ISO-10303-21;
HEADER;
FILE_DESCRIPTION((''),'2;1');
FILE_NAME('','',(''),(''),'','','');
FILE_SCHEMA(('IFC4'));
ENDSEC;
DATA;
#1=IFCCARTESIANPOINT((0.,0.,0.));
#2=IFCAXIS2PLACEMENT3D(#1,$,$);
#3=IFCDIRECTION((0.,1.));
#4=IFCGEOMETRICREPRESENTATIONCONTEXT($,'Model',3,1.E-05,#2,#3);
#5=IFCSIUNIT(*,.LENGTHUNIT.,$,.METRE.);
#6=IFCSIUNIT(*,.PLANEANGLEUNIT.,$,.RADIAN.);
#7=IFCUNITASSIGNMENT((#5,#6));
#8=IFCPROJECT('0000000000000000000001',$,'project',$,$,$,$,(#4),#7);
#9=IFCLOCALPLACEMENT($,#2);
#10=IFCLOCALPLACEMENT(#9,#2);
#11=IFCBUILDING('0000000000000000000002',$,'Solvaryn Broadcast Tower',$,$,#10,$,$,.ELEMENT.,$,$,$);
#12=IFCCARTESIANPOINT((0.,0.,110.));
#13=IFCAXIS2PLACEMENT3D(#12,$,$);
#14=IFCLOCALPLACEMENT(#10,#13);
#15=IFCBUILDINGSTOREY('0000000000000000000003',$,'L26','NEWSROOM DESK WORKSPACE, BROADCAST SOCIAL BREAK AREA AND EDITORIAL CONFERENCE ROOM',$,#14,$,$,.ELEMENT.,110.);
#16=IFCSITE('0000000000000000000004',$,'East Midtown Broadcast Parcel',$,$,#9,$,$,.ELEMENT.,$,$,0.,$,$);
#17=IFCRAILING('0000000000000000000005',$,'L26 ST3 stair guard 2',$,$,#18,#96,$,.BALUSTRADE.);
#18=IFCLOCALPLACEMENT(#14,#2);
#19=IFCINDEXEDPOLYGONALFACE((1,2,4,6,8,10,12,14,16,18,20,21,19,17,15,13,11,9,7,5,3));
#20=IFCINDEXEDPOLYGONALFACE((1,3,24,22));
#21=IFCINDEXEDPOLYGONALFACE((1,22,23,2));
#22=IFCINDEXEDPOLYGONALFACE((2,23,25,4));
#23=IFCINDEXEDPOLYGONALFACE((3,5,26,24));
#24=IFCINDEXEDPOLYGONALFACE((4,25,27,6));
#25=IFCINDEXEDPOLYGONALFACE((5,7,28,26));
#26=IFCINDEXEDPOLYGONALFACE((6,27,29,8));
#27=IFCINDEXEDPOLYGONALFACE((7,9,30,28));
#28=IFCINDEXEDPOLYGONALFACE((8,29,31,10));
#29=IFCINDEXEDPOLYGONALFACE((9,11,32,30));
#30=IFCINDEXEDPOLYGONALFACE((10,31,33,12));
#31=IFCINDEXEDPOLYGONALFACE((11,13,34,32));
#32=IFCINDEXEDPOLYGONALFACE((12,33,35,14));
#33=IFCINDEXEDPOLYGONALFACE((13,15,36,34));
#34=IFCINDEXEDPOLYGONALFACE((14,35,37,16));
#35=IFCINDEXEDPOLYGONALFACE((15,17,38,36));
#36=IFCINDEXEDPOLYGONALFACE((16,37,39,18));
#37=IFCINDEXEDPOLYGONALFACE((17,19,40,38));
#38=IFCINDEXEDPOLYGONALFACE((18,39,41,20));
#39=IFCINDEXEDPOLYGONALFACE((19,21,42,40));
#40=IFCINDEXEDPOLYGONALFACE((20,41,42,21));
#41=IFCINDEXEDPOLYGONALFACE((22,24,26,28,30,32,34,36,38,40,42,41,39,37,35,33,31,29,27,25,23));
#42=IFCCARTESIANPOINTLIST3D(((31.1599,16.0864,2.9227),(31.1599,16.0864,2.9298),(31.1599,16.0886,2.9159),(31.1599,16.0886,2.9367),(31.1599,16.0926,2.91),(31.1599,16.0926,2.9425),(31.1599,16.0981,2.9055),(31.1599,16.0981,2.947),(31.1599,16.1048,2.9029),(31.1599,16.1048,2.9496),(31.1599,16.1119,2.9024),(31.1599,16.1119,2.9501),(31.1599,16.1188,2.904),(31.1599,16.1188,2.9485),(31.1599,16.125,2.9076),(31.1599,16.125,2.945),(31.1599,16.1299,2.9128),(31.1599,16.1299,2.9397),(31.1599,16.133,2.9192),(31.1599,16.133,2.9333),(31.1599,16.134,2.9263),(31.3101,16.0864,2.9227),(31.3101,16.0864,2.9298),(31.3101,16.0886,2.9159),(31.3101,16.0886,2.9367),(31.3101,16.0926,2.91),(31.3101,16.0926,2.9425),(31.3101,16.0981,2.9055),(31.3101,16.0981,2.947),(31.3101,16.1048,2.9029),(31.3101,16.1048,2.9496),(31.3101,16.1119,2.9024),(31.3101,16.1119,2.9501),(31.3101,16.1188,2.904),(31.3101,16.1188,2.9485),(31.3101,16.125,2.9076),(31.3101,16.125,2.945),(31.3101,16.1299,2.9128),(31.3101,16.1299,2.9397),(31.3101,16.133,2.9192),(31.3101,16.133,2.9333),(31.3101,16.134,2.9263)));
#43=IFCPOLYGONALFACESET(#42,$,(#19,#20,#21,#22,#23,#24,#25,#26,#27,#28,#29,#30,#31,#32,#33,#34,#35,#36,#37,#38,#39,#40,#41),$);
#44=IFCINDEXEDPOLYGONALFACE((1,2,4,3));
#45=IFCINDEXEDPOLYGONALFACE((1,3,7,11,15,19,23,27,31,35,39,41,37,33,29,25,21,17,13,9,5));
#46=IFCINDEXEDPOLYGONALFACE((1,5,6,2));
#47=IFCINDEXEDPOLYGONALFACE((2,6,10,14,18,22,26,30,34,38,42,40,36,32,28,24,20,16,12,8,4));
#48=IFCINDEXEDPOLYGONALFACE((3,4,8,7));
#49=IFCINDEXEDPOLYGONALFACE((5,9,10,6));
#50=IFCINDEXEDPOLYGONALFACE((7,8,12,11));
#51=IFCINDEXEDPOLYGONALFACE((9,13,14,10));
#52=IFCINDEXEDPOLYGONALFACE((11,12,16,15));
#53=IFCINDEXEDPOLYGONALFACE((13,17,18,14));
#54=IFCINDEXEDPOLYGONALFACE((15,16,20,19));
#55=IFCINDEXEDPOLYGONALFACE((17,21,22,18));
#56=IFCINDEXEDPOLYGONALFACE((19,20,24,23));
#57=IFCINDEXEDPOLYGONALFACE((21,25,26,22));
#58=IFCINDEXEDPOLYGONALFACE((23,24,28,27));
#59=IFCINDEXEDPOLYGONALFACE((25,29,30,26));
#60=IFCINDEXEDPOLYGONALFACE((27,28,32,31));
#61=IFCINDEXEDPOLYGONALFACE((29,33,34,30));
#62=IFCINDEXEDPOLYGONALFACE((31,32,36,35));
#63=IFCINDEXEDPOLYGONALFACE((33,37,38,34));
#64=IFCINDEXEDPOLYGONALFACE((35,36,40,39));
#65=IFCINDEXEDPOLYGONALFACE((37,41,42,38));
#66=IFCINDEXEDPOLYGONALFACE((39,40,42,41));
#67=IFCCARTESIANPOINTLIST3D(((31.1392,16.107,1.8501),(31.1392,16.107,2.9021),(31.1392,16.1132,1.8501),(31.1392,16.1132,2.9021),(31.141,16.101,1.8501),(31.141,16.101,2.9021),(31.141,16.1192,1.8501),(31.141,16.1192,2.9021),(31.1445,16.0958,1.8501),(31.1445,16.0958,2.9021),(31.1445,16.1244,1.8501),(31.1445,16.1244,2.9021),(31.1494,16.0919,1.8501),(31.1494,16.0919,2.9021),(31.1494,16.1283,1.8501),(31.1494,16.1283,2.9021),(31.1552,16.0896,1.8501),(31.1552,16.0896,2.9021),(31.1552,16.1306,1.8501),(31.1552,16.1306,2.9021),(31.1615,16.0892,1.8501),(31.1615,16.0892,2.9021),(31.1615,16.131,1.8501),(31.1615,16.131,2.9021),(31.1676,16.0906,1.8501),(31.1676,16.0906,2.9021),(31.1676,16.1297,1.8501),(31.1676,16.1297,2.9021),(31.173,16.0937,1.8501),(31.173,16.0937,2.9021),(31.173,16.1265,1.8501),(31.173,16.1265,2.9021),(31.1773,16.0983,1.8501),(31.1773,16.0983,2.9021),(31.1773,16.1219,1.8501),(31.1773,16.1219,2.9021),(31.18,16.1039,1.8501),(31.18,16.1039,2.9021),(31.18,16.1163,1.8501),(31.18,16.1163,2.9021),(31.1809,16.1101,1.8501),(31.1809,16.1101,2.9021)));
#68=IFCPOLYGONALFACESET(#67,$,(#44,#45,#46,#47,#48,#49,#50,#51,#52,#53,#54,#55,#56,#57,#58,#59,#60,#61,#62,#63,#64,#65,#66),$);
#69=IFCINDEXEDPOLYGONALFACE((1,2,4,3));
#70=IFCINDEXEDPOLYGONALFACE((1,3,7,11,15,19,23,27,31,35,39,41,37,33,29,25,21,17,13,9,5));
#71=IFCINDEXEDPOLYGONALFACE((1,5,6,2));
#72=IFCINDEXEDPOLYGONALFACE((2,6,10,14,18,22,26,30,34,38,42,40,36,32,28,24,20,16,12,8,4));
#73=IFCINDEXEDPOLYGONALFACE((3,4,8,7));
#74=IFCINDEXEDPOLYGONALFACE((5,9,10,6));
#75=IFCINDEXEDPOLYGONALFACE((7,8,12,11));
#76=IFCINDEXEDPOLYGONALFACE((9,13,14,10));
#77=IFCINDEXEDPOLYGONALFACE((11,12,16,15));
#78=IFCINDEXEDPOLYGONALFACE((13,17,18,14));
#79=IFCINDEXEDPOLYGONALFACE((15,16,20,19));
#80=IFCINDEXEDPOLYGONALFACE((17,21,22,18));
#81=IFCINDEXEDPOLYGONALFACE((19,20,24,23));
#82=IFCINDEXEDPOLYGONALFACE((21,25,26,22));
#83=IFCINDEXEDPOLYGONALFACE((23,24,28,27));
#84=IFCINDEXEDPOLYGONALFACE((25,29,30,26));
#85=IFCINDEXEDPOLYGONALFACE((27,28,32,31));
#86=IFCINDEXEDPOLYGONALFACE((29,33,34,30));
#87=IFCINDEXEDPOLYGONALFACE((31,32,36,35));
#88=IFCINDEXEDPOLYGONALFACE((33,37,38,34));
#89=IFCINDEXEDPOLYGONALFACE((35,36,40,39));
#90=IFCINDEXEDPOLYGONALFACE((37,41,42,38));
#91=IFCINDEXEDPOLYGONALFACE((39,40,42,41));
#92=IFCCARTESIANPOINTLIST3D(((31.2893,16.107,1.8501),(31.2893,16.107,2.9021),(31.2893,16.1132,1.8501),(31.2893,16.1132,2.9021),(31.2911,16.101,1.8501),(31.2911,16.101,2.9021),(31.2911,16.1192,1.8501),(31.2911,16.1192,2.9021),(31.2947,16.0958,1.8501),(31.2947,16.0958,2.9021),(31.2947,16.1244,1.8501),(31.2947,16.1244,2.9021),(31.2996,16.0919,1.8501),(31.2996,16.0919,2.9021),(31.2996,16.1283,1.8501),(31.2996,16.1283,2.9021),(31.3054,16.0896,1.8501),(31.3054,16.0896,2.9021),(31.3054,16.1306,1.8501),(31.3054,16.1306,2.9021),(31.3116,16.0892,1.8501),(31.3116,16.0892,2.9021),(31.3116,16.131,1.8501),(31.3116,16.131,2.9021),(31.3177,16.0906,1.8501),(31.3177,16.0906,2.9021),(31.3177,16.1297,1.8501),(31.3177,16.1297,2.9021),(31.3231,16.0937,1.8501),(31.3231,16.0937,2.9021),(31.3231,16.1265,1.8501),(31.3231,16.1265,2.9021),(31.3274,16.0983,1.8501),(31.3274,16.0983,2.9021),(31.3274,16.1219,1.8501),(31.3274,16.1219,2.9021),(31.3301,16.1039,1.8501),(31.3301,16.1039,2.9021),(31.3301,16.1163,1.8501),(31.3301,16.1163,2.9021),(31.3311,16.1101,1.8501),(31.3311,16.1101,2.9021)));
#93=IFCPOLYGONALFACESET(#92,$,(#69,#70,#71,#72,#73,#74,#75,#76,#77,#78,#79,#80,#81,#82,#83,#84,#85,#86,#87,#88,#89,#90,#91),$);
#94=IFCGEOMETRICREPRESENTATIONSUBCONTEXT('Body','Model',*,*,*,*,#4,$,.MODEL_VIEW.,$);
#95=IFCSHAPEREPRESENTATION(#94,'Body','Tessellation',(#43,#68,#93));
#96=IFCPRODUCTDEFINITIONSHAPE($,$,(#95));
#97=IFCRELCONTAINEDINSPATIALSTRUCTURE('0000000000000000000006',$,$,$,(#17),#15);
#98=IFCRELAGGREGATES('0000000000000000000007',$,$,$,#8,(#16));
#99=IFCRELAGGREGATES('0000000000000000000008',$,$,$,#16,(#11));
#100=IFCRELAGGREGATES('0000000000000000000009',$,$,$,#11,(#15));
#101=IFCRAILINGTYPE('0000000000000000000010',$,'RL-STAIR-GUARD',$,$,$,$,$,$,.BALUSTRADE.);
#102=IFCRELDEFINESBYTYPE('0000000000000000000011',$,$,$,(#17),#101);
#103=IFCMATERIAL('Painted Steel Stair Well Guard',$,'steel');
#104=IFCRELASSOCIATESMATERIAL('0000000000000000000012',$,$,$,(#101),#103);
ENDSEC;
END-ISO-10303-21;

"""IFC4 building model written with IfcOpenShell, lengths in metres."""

from ifc_helpers import new_model, si_unit, direction, frame, origin, origin_2d, place, context, subcontext, project, spatial, circle, extrude, material, type_object, element, save


model = new_model("IFC4")

# Units and contexts
model_context = context("Model", 3, precision=1e-05, world=origin(), true_north=direction((0.0, 1.0)))
body_context = subcontext(model_context, "Body", "Model", "MODEL_VIEW")
ifc_project = project(units=[si_unit("LENGTHUNIT", "METRE"), si_unit("PLANEANGLEUNIT", "RADIAN")], contexts=[model_context])

# Site, building, storey
site_placement = place(None, origin())
site = spatial("IfcSite", under=ifc_project, at=site_placement, Name="East Midtown Broadcast Parcel", CompositionType="ELEMENT", RefElevation=0.0)
building_placement = place(site_placement, origin())
building = spatial("IfcBuilding", under=site, at=building_placement, Name="Solvaryn Broadcast Tower", CompositionType="ELEMENT")
storey_placement = place(building_placement, frame((0.0, 0.0, 110.0)))
storey = spatial("IfcBuildingStorey", under=building, at=storey_placement, Name="L26", Description="NEWSROOM DESK WORKSPACE, BROADCAST SOCIAL BREAK AREA AND EDITORIAL CONFERENCE ROOM", CompositionType="ELEMENT", Elevation=110.0)

# Railing
ifc_material_1 = material(Name="Painted Steel Stair Well Guard", Category="steel")
railing_type_1 = type_object("IfcRailingType", Name="RL-STAIR-GUARD", PredefinedType="BALUSTRADE", material=ifc_material_1)
railing_1_placement = place(storey_placement, frame((31.1599, 16.1101, 1.8501)))
element("IfcRailing", 1, at=railing_1_placement, inside=storey, type_object=railing_type_1, Name="L26 ST3 stair guard 2", PredefinedType="BALUSTRADE", context=body_context, shape_type="SweptSolid", body=[
    extrude(circle(Radius=0.0239, at=origin_2d()), frame((0.0, 0.0, 1.0762), z_axis=(1.0, 0.0, 0.0), x_axis=(0.0, 1.0, 0.0)), (0.0, 0.0, 1.0), 0.1501),
    extrude(circle(Radius=0.021, at=origin_2d()), origin(), (0.0, 0.0, 1.0), 1.052),
    extrude(circle(Radius=0.021, at=origin_2d()), frame((0.1501, 0.0, 0.0)), (0.0, 0.0, 1.0), 1.052),
])

save(model, "model.ifc")
